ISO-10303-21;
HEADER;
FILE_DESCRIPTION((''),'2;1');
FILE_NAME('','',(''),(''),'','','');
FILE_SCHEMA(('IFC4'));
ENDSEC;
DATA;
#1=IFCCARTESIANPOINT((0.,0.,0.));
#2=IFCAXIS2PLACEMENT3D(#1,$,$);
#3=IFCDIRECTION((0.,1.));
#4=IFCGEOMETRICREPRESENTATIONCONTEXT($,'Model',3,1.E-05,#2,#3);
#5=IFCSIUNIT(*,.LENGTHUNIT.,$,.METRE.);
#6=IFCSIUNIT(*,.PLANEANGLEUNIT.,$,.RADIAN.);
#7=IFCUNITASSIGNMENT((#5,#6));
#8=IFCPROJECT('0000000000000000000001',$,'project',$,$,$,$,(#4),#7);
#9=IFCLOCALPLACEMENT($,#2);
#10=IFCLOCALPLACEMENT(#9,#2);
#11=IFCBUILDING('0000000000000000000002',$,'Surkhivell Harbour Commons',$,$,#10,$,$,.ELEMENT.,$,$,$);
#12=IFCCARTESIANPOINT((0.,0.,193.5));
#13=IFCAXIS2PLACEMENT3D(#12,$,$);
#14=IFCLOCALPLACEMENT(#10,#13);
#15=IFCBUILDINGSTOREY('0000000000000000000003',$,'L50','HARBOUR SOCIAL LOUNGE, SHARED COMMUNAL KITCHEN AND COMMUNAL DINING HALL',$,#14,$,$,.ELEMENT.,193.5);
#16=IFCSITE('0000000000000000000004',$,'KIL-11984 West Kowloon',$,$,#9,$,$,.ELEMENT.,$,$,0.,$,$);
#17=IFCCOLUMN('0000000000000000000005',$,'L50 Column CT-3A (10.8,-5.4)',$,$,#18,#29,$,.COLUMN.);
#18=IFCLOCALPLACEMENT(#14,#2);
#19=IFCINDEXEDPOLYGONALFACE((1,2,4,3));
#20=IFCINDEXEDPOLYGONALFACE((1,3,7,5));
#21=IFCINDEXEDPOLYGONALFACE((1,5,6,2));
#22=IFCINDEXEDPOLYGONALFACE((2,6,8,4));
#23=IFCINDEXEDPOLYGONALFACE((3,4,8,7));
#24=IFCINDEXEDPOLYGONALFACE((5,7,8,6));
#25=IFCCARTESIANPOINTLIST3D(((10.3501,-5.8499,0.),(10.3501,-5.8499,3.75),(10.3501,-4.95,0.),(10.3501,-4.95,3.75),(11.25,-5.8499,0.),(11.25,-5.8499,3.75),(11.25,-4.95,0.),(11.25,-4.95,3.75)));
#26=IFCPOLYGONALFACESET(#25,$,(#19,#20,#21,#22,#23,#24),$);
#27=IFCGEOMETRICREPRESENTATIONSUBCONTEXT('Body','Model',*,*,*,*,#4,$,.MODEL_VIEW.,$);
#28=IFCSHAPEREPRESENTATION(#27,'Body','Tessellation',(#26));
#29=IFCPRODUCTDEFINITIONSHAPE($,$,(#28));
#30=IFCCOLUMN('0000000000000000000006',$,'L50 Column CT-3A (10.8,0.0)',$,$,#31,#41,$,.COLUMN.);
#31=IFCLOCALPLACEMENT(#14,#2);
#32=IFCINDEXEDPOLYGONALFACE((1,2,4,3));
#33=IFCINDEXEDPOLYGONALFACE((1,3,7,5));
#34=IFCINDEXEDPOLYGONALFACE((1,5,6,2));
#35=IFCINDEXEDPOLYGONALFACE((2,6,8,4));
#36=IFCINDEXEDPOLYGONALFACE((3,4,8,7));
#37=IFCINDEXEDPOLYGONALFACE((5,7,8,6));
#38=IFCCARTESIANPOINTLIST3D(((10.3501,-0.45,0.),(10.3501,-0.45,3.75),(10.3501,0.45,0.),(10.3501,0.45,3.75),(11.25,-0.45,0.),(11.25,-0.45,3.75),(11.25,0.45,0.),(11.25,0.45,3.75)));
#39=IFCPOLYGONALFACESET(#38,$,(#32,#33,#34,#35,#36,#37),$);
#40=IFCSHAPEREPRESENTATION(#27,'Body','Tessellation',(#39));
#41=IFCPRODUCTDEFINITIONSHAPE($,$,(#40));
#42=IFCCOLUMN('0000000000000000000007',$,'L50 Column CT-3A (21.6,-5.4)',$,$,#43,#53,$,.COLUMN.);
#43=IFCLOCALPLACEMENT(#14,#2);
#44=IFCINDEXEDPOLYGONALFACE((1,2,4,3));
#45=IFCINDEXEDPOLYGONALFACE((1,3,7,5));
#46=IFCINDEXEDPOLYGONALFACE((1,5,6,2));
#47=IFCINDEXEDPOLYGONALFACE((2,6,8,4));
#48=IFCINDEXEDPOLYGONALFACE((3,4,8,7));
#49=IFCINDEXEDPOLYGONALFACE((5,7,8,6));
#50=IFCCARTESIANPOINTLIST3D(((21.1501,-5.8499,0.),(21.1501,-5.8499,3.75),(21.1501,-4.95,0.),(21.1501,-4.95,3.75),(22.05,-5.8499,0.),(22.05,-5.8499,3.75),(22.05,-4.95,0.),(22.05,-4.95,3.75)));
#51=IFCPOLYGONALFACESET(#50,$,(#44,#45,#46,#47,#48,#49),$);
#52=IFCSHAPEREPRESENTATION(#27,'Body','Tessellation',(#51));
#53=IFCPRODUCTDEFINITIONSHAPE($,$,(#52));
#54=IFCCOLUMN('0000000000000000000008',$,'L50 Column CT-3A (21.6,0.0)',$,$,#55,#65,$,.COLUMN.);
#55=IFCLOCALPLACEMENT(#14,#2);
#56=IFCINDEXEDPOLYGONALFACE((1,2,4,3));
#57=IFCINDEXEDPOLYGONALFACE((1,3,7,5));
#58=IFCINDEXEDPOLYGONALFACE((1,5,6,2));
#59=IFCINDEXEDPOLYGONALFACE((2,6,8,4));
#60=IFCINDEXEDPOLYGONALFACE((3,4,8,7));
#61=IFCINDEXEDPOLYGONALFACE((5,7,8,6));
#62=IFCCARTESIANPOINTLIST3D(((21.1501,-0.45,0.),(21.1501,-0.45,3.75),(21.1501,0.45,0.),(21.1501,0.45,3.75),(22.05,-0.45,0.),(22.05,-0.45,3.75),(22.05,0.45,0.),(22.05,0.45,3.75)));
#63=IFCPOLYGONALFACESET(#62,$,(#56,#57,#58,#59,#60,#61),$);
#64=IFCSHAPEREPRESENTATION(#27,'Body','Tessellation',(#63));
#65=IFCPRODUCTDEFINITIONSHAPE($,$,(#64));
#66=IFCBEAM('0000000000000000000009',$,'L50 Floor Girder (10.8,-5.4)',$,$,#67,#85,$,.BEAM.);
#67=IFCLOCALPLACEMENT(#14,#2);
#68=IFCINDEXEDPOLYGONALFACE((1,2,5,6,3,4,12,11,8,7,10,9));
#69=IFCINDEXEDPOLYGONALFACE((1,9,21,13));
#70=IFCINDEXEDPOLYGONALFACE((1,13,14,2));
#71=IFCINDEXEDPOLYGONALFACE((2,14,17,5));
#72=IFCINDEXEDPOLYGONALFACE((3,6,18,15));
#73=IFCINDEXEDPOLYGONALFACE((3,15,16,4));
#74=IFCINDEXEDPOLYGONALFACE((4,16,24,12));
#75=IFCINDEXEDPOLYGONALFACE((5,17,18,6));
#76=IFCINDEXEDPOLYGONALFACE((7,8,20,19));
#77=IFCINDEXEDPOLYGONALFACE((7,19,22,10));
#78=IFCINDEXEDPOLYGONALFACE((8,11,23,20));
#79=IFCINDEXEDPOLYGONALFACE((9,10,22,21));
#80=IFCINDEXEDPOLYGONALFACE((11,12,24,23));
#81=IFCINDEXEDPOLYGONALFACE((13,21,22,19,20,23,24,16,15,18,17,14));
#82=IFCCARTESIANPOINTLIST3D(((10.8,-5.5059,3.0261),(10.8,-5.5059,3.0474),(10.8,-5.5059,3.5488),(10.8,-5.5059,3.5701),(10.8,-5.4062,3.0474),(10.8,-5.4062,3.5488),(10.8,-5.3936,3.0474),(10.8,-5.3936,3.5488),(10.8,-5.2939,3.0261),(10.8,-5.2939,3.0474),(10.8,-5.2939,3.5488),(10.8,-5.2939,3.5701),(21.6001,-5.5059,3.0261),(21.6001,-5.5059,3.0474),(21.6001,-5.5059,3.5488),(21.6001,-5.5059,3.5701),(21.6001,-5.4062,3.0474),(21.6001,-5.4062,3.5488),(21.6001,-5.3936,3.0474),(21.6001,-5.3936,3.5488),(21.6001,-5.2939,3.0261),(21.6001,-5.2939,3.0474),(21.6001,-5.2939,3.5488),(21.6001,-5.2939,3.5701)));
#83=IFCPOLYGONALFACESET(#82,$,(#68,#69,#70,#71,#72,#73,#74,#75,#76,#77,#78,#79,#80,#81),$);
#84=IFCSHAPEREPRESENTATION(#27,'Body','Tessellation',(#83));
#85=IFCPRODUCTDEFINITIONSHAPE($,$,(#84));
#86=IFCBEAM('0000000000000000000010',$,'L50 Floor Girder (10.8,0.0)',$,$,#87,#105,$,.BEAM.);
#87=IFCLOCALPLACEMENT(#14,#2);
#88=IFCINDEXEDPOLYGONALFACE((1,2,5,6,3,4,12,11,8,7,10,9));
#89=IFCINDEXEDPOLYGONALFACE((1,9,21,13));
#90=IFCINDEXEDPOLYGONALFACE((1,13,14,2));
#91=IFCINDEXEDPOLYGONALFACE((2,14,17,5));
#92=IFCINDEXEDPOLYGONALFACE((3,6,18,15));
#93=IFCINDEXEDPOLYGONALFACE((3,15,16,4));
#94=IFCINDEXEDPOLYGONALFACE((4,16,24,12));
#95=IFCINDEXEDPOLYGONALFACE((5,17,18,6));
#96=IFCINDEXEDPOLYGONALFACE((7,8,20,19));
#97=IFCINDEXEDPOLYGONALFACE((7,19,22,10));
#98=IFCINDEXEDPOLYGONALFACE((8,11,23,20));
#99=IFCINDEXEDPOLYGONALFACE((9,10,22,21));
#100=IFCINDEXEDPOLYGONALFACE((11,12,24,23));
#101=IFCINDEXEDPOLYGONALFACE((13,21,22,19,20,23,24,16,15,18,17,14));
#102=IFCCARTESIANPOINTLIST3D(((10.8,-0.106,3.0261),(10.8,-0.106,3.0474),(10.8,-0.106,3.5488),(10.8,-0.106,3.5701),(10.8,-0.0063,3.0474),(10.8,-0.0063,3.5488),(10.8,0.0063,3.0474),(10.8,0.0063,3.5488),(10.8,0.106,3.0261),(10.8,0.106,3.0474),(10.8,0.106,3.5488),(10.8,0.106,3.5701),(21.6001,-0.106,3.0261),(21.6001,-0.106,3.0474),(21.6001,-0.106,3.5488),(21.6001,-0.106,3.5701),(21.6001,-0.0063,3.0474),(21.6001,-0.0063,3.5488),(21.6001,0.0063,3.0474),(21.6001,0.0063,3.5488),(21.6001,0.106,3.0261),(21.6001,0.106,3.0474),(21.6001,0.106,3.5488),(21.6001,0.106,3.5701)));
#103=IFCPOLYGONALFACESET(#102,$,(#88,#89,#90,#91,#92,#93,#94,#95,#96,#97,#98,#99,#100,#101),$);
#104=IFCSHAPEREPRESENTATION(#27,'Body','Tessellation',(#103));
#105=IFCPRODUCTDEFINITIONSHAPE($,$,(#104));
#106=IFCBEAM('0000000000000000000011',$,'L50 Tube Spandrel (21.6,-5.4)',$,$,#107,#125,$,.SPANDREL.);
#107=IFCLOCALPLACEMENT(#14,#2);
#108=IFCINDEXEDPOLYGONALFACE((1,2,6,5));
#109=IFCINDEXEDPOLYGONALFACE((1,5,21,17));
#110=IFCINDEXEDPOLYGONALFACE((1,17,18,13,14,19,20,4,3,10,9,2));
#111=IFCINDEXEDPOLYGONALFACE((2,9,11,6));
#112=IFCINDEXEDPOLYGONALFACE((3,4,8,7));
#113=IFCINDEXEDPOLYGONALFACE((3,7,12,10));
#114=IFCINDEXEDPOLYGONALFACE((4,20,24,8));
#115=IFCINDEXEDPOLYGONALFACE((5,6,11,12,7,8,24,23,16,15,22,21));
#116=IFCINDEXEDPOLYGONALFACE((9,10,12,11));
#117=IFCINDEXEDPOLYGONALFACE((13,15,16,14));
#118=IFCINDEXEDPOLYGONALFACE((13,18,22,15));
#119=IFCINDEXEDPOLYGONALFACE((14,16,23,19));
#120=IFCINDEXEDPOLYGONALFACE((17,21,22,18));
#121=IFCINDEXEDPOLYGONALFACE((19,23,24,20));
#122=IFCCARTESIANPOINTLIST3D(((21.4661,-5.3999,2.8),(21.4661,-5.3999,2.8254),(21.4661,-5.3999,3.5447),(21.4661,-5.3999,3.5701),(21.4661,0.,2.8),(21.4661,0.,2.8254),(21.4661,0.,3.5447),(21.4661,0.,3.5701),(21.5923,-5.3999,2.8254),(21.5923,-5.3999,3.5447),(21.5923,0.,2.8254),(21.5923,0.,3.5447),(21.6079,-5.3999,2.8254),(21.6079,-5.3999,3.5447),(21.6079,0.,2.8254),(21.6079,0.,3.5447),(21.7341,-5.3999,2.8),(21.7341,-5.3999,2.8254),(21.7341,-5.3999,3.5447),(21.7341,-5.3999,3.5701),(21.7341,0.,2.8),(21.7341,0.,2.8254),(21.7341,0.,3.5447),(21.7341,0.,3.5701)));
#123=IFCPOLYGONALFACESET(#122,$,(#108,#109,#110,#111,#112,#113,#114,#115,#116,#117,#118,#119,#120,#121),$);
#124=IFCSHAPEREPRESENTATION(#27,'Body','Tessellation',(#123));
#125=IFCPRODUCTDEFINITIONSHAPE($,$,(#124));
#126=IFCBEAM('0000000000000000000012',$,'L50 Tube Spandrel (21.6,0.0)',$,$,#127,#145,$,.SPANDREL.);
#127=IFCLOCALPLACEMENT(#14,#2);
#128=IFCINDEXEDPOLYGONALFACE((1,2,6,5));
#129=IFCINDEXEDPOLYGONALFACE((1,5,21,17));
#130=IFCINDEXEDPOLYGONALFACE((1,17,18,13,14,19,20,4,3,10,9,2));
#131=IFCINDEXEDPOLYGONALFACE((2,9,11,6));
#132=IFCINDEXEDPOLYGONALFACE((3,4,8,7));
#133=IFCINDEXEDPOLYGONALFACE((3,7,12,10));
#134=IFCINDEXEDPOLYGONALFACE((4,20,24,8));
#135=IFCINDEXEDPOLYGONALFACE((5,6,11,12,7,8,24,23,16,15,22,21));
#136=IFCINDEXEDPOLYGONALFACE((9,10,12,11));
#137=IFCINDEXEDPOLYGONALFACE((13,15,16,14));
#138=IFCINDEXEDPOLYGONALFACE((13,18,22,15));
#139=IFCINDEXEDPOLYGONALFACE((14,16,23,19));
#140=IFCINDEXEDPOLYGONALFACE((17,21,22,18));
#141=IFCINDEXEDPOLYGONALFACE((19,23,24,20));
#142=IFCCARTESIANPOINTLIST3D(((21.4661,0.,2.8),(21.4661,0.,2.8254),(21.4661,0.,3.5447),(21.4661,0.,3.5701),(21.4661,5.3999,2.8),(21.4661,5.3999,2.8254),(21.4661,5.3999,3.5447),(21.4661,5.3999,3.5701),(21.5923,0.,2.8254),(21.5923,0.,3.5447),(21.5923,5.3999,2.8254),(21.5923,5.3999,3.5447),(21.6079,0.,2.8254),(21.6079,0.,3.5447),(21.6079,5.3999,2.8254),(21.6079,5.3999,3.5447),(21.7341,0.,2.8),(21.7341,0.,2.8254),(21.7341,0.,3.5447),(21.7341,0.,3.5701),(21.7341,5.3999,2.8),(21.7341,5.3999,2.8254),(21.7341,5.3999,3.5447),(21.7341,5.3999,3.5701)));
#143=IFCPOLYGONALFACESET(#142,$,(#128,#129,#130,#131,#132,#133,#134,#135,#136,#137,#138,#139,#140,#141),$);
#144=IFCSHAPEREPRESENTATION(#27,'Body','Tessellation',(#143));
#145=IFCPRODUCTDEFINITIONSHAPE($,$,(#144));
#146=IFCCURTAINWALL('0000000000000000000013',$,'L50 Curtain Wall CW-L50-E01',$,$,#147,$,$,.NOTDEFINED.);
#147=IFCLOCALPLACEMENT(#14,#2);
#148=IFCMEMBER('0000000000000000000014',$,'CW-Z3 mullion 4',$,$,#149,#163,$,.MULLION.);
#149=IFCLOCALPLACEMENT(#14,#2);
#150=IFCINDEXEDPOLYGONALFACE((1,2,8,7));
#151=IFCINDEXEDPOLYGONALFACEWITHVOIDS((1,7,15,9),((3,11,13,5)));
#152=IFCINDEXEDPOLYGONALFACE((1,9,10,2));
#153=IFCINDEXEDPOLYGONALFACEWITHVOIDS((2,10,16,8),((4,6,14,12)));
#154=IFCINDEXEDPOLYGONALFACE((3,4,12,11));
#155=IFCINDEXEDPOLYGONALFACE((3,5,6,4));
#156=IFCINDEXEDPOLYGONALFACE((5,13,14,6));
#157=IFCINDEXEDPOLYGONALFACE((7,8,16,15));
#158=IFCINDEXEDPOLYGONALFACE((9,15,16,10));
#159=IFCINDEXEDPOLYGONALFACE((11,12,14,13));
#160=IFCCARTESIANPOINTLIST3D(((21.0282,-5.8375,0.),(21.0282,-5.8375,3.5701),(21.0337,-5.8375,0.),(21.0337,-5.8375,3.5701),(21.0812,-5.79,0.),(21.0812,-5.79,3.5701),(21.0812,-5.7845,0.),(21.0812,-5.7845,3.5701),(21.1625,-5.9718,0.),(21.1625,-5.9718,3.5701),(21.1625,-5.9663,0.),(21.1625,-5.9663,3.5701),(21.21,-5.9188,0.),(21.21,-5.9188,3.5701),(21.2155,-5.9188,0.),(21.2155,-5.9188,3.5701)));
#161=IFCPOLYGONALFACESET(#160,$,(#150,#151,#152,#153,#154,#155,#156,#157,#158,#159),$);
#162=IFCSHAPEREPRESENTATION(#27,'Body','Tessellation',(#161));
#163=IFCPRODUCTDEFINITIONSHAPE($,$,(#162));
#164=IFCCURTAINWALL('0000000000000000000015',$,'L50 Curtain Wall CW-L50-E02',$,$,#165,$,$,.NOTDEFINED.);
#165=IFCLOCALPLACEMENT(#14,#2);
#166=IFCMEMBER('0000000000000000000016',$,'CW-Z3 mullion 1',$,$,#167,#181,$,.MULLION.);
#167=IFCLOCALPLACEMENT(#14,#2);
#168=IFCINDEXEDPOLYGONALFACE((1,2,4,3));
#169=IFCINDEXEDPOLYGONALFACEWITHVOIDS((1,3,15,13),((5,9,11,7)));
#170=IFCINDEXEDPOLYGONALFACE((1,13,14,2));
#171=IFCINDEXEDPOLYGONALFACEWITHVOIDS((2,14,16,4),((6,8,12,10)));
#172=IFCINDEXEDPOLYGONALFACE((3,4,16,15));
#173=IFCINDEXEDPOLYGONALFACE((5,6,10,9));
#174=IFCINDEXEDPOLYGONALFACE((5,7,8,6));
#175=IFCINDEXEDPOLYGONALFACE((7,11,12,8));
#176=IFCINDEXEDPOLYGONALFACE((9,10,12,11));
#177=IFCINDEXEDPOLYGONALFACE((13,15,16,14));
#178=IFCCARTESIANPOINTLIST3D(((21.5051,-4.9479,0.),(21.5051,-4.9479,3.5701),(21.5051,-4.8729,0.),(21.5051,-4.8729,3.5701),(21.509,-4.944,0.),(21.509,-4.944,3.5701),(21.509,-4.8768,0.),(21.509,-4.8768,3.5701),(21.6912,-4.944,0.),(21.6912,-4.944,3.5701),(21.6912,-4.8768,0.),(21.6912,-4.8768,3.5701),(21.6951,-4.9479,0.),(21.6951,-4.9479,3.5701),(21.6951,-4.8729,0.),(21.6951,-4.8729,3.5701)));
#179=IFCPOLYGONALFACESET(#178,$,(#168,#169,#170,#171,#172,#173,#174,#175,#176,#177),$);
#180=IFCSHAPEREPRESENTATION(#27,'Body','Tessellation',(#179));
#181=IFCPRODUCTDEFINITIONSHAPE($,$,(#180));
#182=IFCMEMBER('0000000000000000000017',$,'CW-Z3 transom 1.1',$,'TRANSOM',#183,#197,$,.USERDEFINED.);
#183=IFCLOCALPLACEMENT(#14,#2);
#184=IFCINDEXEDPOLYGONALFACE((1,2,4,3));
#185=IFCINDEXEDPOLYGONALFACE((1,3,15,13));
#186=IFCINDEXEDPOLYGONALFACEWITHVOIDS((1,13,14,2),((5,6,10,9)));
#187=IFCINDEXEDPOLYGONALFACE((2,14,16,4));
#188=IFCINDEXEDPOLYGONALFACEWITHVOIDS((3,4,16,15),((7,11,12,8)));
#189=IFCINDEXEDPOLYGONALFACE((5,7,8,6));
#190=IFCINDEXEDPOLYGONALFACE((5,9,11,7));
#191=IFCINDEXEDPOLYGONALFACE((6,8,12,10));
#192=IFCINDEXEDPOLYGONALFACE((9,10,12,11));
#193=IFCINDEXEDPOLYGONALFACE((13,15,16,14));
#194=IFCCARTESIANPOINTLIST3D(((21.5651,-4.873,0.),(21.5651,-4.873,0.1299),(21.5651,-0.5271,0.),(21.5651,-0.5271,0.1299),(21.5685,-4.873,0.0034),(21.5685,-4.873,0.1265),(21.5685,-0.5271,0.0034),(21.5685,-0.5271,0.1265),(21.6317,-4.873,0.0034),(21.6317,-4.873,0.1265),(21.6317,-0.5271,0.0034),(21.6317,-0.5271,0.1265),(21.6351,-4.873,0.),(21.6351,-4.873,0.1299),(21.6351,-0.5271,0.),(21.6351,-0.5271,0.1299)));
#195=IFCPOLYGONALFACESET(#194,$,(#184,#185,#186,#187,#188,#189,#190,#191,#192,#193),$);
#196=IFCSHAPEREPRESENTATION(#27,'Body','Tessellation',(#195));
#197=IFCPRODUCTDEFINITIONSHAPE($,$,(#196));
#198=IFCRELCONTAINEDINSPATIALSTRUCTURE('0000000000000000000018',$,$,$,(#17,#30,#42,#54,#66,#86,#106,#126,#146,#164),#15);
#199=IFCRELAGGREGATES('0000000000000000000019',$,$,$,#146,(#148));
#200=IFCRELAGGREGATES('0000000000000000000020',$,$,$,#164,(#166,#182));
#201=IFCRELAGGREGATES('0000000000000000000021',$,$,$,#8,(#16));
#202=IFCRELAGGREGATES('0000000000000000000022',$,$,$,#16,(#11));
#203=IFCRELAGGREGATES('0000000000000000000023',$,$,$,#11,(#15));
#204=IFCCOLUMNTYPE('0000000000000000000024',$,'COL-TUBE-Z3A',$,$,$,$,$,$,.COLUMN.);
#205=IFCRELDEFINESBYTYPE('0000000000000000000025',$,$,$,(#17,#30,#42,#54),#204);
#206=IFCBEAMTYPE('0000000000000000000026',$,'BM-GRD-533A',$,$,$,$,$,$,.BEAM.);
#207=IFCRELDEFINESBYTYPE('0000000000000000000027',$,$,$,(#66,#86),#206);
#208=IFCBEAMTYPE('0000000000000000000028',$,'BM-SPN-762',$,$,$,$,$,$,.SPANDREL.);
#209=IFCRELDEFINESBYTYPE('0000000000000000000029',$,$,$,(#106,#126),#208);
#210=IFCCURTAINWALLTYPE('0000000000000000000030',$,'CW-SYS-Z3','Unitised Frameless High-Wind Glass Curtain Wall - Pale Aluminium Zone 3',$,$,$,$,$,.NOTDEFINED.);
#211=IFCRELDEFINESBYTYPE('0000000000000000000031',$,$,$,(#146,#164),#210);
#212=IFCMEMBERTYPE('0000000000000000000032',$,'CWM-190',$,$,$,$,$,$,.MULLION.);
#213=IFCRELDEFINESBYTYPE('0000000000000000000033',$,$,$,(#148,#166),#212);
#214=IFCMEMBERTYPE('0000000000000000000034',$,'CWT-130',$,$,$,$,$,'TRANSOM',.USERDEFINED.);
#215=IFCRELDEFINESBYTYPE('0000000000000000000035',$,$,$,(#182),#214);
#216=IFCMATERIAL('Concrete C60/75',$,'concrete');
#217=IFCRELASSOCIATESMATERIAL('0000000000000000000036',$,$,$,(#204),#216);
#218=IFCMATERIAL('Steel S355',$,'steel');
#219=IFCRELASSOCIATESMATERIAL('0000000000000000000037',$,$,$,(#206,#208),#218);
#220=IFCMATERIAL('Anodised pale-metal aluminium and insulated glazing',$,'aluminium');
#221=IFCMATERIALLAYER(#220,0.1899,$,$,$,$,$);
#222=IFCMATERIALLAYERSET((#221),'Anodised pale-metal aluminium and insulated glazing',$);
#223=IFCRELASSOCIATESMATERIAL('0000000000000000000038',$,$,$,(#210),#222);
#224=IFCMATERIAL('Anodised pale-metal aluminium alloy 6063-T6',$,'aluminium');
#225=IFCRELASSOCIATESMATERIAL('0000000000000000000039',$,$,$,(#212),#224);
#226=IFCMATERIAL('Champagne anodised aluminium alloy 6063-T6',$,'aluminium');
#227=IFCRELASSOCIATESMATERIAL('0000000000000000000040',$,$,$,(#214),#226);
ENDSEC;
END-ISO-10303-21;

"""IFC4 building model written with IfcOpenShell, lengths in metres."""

from ifc_helpers import new_model, si_unit, direction, frame, origin, origin_2d, place, context, subcontext, project, spatial, rectangle, hollow_rectangle, i_section, extrude, material, layer, layer_set, material_profile, profile_set, type_object, element, aggregate, save


model = new_model("IFC4")

# Units and contexts
model_context = context("Model", 3, precision=1e-05, world=origin(), true_north=direction((0.0, 1.0)))
body_context = subcontext(model_context, "Body", "Model", "MODEL_VIEW")
ifc_project = project(units=[si_unit("LENGTHUNIT", "METRE"), si_unit("PLANEANGLEUNIT", "RADIAN")], contexts=[model_context])

# Site, building, storey
site_placement = place(None, origin())
site = spatial("IfcSite", under=ifc_project, at=site_placement, Name="KIL-11984 West Kowloon", CompositionType="ELEMENT", RefElevation=0.0)
building_placement = place(site_placement, origin())
building = spatial("IfcBuilding", under=site, at=building_placement, Name="Surkhivell Harbour Commons", CompositionType="ELEMENT")
storey_placement = place(building_placement, frame((0.0, 0.0, 193.5)))
storey = spatial("IfcBuildingStorey", under=building, at=storey_placement, Name="L50", Description="HARBOUR SOCIAL LOUNGE, SHARED COMMUNAL KITCHEN AND COMMUNAL DINING HALL", CompositionType="ELEMENT", Elevation=193.5)

# Columns
ifc_material_1 = material(Name="Concrete C60/75", Category="concrete")
ifc_material_profile_1 = material_profile(ifc_material_1, rectangle(XDim=0.8999, YDim=0.8999, at=origin_2d()), Name="RC-COL-900x900")
ifc_profile_set_1 = profile_set([ifc_material_profile_1], Name="Concrete C60/75")
column_type = type_object("IfcColumnType", Name="COL-TUBE-Z3A", PredefinedType="COLUMN", material=ifc_profile_set_1)
for number, where, z_axis, x_axis, name in (
    (1, (10.8, -5.3999, 0.0), (0.0, 0.0, 1.0), (1.0, 0.0, 0.0), "L50 Column CT-3A (10.8,-5.4)"),
    (2, (10.8, 0.0, 0.0), (0.0, 0.0, 1.0), (1.0, 0.0, 0.0), "L50 Column CT-3A (10.8,0.0)"),
    (3, (21.6001, -5.3999, 0.0), (0.0, 0.0, 1.0), (1.0, 0.0, 0.0), "L50 Column CT-3A (21.6,-5.4)"),
    (4, (21.6001, 0.0, 0.0), (0.0, 0.0, 1.0), (1.0, 0.0, 0.0), "L50 Column CT-3A (21.6,0.0)"),
):
    element("IfcColumn", number, at=place(storey_placement, frame(where, z_axis=z_axis, x_axis=x_axis)), inside=storey, type_object=column_type, Name=name, PredefinedType="COLUMN", context=body_context, shape_type="SweptSolid", body=[
        extrude(rectangle(XDim=0.8999, YDim=0.8999, at=origin_2d()), origin(), (0.0, 0.0, 1.0), 3.75),
    ])

# Beams
ifc_material_2 = material(Name="Steel S355", Category="steel")
ifc_material_profile_2 = material_profile(ifc_material_2, i_section(OverallWidth=0.2119, OverallDepth=0.5439, WebThickness=0.0127, FlangeThickness=0.0212, at=origin_2d()), Name="UB533x210x122")
ifc_profile_set_2 = profile_set([ifc_material_profile_2], Name="Steel S355")
beam_type_1 = type_object("IfcBeamType", Name="BM-GRD-533A", PredefinedType="BEAM", material=ifc_profile_set_2)
for number, where, z_axis, x_axis, name in (
    (5, (10.8, -5.3999, 3.2981), (1.0, 0.0, 0.0), (0.0, 1.0, 0.0), "L50 Floor Girder (10.8,-5.4)"),
    (6, (10.8, 0.0, 3.2981), (1.0, 0.0, 0.0), (0.0, 1.0, 0.0), "L50 Floor Girder (10.8,0.0)"),
):
    element("IfcBeam", number, at=place(storey_placement, frame(where, z_axis=z_axis, x_axis=x_axis)), inside=storey, type_object=beam_type_1, Name=name, PredefinedType="BEAM", context=body_context, shape_type="SweptSolid", body=[
        extrude(i_section(OverallWidth=0.2119, OverallDepth=0.5439, WebThickness=0.0127, FlangeThickness=0.0212, at=origin_2d()), origin(), (0.0, 0.0, 1.0), 10.8),
    ])
ifc_material_profile_3 = material_profile(ifc_material_2, i_section(OverallWidth=0.2681, OverallDepth=0.77, WebThickness=0.0156, FlangeThickness=0.0254, at=origin_2d()), Name="UB762x267x197")
ifc_profile_set_3 = profile_set([ifc_material_profile_3], Name="Steel S355")
beam_type_2 = type_object("IfcBeamType", Name="BM-SPN-762", PredefinedType="SPANDREL", material=ifc_profile_set_3)
for number, where, z_axis, x_axis, name in (
    (7, (21.6001, -5.3999, 3.1851), (0.0, 1.0, 0.0), (-1.0, 0.0, 0.0), "L50 Tube Spandrel (21.6,-5.4)"),
    (8, (21.6001, 0.0, 3.1851), (0.0, 1.0, 0.0), (-1.0, 0.0, 0.0), "L50 Tube Spandrel (21.6,0.0)"),
):
    element("IfcBeam", number, at=place(storey_placement, frame(where, z_axis=z_axis, x_axis=x_axis)), inside=storey, type_object=beam_type_2, Name=name, PredefinedType="SPANDREL", context=body_context, shape_type="SweptSolid", body=[
        extrude(i_section(OverallWidth=0.2681, OverallDepth=0.77, WebThickness=0.0156, FlangeThickness=0.0254, at=origin_2d()), origin(), (0.0, 0.0, 1.0), 5.3999),
    ])

# Curtain wall, member
ifc_material_3 = material(Name="Anodised pale-metal aluminium and insulated glazing", Category="aluminium")
ifc_layer_1 = layer(ifc_material_3, 0.1899)
ifc_layer_set_1 = layer_set([ifc_layer_1], Name="Anodised pale-metal aluminium and insulated glazing")
curtain_wall_type = type_object("IfcCurtainWallType", Name="CW-SYS-Z3", Description="Unitised Frameless High-Wind Glass Curtain Wall - Pale Aluminium Zone 3", PredefinedType="NOTDEFINED", material=ifc_layer_set_1)
curtain_wall_1_placement = place(storey_placement, origin())
curtain_wall_1 = element("IfcCurtainWall", 9, at=curtain_wall_1_placement, inside=storey, type_object=curtain_wall_type, Name="L50 Curtain Wall CW-L50-E01", PredefinedType="NOTDEFINED")
ifc_material_4 = material(Name="Anodised pale-metal aluminium alloy 6063-T6", Category="aluminium")
ifc_material_profile_4 = material_profile(ifc_material_4, hollow_rectangle(XDim=0.075, YDim=0.1899, WallThickness=0.0039, at=origin_2d()), Name="ALU-MULL-75x190")
ifc_profile_set_4 = profile_set([ifc_material_profile_4], Name="Anodised pale-metal aluminium alloy 6063-T6")
member_type_1 = type_object("IfcMemberType", Name="CWM-190", PredefinedType="MULLION", material=ifc_profile_set_4)
member_1_placement = place(storey_placement, frame((21.1218, -5.8782, 0.0), z_axis=(0.0, 0.0, 1.0), x_axis=(0.707107, 0.707107, 0.0)))
member_1 = element("IfcMember", 10, at=member_1_placement, type_object=member_type_1, Name="CW-Z3 mullion 4", PredefinedType="MULLION", context=body_context, shape_type="SweptSolid", body=[
    extrude(hollow_rectangle(XDim=0.075, YDim=0.1899, WallThickness=0.0039, at=origin_2d()), origin(), (0.0, 0.0, 1.0), 3.5701),
])
aggregate(curtain_wall_1, [member_1])

# Curtain wall, members
curtain_wall_2_placement = place(storey_placement, origin())
curtain_wall_2 = element("IfcCurtainWall", 11, at=curtain_wall_2_placement, inside=storey, type_object=curtain_wall_type, Name="L50 Curtain Wall CW-L50-E02", PredefinedType="NOTDEFINED")
member_2_placement = place(storey_placement, frame((21.6001, -4.9104, 0.0), z_axis=(0.0, 0.0, 1.0), x_axis=(0.0, 1.0, 0.0)))
member_2 = element("IfcMember", 12, at=member_2_placement, type_object=member_type_1, Name="CW-Z3 mullion 1", PredefinedType="MULLION", context=body_context, shape_type="SweptSolid", body=[
    extrude(hollow_rectangle(XDim=0.075, YDim=0.1899, WallThickness=0.0039, at=origin_2d()), origin(), (0.0, 0.0, 1.0), 3.5701),
])
ifc_material_5 = material(Name="Champagne anodised aluminium alloy 6063-T6", Category="aluminium")
ifc_material_profile_5 = material_profile(ifc_material_5, hollow_rectangle(XDim=0.0701, YDim=0.1299, WallThickness=0.0034, at=origin_2d()), Name="ALU-TRAN-70x130")
ifc_profile_set_5 = profile_set([ifc_material_profile_5], Name="Champagne anodised aluminium alloy 6063-T6")
member_type_2 = type_object("IfcMemberType", Name="CWT-130", ElementType="TRANSOM", PredefinedType="USERDEFINED", material=ifc_profile_set_5)
member_3_placement = place(storey_placement, frame((21.6001, -4.873, 0.0649), z_axis=(0.0, 1.0, 0.0), x_axis=(-1.0, 0.0, 0.0)))
member_3 = element("IfcMember", 13, at=member_3_placement, type_object=member_type_2, Name="CW-Z3 transom 1.1", ObjectType="TRANSOM", PredefinedType="USERDEFINED", context=body_context, shape_type="SweptSolid", body=[
    extrude(hollow_rectangle(XDim=0.0701, YDim=0.1299, WallThickness=0.0034, at=origin_2d()), origin(), (0.0, 0.0, 1.0), 4.3459),
])
aggregate(curtain_wall_2, [member_2, member_3])

save(model, "model.ifc")
